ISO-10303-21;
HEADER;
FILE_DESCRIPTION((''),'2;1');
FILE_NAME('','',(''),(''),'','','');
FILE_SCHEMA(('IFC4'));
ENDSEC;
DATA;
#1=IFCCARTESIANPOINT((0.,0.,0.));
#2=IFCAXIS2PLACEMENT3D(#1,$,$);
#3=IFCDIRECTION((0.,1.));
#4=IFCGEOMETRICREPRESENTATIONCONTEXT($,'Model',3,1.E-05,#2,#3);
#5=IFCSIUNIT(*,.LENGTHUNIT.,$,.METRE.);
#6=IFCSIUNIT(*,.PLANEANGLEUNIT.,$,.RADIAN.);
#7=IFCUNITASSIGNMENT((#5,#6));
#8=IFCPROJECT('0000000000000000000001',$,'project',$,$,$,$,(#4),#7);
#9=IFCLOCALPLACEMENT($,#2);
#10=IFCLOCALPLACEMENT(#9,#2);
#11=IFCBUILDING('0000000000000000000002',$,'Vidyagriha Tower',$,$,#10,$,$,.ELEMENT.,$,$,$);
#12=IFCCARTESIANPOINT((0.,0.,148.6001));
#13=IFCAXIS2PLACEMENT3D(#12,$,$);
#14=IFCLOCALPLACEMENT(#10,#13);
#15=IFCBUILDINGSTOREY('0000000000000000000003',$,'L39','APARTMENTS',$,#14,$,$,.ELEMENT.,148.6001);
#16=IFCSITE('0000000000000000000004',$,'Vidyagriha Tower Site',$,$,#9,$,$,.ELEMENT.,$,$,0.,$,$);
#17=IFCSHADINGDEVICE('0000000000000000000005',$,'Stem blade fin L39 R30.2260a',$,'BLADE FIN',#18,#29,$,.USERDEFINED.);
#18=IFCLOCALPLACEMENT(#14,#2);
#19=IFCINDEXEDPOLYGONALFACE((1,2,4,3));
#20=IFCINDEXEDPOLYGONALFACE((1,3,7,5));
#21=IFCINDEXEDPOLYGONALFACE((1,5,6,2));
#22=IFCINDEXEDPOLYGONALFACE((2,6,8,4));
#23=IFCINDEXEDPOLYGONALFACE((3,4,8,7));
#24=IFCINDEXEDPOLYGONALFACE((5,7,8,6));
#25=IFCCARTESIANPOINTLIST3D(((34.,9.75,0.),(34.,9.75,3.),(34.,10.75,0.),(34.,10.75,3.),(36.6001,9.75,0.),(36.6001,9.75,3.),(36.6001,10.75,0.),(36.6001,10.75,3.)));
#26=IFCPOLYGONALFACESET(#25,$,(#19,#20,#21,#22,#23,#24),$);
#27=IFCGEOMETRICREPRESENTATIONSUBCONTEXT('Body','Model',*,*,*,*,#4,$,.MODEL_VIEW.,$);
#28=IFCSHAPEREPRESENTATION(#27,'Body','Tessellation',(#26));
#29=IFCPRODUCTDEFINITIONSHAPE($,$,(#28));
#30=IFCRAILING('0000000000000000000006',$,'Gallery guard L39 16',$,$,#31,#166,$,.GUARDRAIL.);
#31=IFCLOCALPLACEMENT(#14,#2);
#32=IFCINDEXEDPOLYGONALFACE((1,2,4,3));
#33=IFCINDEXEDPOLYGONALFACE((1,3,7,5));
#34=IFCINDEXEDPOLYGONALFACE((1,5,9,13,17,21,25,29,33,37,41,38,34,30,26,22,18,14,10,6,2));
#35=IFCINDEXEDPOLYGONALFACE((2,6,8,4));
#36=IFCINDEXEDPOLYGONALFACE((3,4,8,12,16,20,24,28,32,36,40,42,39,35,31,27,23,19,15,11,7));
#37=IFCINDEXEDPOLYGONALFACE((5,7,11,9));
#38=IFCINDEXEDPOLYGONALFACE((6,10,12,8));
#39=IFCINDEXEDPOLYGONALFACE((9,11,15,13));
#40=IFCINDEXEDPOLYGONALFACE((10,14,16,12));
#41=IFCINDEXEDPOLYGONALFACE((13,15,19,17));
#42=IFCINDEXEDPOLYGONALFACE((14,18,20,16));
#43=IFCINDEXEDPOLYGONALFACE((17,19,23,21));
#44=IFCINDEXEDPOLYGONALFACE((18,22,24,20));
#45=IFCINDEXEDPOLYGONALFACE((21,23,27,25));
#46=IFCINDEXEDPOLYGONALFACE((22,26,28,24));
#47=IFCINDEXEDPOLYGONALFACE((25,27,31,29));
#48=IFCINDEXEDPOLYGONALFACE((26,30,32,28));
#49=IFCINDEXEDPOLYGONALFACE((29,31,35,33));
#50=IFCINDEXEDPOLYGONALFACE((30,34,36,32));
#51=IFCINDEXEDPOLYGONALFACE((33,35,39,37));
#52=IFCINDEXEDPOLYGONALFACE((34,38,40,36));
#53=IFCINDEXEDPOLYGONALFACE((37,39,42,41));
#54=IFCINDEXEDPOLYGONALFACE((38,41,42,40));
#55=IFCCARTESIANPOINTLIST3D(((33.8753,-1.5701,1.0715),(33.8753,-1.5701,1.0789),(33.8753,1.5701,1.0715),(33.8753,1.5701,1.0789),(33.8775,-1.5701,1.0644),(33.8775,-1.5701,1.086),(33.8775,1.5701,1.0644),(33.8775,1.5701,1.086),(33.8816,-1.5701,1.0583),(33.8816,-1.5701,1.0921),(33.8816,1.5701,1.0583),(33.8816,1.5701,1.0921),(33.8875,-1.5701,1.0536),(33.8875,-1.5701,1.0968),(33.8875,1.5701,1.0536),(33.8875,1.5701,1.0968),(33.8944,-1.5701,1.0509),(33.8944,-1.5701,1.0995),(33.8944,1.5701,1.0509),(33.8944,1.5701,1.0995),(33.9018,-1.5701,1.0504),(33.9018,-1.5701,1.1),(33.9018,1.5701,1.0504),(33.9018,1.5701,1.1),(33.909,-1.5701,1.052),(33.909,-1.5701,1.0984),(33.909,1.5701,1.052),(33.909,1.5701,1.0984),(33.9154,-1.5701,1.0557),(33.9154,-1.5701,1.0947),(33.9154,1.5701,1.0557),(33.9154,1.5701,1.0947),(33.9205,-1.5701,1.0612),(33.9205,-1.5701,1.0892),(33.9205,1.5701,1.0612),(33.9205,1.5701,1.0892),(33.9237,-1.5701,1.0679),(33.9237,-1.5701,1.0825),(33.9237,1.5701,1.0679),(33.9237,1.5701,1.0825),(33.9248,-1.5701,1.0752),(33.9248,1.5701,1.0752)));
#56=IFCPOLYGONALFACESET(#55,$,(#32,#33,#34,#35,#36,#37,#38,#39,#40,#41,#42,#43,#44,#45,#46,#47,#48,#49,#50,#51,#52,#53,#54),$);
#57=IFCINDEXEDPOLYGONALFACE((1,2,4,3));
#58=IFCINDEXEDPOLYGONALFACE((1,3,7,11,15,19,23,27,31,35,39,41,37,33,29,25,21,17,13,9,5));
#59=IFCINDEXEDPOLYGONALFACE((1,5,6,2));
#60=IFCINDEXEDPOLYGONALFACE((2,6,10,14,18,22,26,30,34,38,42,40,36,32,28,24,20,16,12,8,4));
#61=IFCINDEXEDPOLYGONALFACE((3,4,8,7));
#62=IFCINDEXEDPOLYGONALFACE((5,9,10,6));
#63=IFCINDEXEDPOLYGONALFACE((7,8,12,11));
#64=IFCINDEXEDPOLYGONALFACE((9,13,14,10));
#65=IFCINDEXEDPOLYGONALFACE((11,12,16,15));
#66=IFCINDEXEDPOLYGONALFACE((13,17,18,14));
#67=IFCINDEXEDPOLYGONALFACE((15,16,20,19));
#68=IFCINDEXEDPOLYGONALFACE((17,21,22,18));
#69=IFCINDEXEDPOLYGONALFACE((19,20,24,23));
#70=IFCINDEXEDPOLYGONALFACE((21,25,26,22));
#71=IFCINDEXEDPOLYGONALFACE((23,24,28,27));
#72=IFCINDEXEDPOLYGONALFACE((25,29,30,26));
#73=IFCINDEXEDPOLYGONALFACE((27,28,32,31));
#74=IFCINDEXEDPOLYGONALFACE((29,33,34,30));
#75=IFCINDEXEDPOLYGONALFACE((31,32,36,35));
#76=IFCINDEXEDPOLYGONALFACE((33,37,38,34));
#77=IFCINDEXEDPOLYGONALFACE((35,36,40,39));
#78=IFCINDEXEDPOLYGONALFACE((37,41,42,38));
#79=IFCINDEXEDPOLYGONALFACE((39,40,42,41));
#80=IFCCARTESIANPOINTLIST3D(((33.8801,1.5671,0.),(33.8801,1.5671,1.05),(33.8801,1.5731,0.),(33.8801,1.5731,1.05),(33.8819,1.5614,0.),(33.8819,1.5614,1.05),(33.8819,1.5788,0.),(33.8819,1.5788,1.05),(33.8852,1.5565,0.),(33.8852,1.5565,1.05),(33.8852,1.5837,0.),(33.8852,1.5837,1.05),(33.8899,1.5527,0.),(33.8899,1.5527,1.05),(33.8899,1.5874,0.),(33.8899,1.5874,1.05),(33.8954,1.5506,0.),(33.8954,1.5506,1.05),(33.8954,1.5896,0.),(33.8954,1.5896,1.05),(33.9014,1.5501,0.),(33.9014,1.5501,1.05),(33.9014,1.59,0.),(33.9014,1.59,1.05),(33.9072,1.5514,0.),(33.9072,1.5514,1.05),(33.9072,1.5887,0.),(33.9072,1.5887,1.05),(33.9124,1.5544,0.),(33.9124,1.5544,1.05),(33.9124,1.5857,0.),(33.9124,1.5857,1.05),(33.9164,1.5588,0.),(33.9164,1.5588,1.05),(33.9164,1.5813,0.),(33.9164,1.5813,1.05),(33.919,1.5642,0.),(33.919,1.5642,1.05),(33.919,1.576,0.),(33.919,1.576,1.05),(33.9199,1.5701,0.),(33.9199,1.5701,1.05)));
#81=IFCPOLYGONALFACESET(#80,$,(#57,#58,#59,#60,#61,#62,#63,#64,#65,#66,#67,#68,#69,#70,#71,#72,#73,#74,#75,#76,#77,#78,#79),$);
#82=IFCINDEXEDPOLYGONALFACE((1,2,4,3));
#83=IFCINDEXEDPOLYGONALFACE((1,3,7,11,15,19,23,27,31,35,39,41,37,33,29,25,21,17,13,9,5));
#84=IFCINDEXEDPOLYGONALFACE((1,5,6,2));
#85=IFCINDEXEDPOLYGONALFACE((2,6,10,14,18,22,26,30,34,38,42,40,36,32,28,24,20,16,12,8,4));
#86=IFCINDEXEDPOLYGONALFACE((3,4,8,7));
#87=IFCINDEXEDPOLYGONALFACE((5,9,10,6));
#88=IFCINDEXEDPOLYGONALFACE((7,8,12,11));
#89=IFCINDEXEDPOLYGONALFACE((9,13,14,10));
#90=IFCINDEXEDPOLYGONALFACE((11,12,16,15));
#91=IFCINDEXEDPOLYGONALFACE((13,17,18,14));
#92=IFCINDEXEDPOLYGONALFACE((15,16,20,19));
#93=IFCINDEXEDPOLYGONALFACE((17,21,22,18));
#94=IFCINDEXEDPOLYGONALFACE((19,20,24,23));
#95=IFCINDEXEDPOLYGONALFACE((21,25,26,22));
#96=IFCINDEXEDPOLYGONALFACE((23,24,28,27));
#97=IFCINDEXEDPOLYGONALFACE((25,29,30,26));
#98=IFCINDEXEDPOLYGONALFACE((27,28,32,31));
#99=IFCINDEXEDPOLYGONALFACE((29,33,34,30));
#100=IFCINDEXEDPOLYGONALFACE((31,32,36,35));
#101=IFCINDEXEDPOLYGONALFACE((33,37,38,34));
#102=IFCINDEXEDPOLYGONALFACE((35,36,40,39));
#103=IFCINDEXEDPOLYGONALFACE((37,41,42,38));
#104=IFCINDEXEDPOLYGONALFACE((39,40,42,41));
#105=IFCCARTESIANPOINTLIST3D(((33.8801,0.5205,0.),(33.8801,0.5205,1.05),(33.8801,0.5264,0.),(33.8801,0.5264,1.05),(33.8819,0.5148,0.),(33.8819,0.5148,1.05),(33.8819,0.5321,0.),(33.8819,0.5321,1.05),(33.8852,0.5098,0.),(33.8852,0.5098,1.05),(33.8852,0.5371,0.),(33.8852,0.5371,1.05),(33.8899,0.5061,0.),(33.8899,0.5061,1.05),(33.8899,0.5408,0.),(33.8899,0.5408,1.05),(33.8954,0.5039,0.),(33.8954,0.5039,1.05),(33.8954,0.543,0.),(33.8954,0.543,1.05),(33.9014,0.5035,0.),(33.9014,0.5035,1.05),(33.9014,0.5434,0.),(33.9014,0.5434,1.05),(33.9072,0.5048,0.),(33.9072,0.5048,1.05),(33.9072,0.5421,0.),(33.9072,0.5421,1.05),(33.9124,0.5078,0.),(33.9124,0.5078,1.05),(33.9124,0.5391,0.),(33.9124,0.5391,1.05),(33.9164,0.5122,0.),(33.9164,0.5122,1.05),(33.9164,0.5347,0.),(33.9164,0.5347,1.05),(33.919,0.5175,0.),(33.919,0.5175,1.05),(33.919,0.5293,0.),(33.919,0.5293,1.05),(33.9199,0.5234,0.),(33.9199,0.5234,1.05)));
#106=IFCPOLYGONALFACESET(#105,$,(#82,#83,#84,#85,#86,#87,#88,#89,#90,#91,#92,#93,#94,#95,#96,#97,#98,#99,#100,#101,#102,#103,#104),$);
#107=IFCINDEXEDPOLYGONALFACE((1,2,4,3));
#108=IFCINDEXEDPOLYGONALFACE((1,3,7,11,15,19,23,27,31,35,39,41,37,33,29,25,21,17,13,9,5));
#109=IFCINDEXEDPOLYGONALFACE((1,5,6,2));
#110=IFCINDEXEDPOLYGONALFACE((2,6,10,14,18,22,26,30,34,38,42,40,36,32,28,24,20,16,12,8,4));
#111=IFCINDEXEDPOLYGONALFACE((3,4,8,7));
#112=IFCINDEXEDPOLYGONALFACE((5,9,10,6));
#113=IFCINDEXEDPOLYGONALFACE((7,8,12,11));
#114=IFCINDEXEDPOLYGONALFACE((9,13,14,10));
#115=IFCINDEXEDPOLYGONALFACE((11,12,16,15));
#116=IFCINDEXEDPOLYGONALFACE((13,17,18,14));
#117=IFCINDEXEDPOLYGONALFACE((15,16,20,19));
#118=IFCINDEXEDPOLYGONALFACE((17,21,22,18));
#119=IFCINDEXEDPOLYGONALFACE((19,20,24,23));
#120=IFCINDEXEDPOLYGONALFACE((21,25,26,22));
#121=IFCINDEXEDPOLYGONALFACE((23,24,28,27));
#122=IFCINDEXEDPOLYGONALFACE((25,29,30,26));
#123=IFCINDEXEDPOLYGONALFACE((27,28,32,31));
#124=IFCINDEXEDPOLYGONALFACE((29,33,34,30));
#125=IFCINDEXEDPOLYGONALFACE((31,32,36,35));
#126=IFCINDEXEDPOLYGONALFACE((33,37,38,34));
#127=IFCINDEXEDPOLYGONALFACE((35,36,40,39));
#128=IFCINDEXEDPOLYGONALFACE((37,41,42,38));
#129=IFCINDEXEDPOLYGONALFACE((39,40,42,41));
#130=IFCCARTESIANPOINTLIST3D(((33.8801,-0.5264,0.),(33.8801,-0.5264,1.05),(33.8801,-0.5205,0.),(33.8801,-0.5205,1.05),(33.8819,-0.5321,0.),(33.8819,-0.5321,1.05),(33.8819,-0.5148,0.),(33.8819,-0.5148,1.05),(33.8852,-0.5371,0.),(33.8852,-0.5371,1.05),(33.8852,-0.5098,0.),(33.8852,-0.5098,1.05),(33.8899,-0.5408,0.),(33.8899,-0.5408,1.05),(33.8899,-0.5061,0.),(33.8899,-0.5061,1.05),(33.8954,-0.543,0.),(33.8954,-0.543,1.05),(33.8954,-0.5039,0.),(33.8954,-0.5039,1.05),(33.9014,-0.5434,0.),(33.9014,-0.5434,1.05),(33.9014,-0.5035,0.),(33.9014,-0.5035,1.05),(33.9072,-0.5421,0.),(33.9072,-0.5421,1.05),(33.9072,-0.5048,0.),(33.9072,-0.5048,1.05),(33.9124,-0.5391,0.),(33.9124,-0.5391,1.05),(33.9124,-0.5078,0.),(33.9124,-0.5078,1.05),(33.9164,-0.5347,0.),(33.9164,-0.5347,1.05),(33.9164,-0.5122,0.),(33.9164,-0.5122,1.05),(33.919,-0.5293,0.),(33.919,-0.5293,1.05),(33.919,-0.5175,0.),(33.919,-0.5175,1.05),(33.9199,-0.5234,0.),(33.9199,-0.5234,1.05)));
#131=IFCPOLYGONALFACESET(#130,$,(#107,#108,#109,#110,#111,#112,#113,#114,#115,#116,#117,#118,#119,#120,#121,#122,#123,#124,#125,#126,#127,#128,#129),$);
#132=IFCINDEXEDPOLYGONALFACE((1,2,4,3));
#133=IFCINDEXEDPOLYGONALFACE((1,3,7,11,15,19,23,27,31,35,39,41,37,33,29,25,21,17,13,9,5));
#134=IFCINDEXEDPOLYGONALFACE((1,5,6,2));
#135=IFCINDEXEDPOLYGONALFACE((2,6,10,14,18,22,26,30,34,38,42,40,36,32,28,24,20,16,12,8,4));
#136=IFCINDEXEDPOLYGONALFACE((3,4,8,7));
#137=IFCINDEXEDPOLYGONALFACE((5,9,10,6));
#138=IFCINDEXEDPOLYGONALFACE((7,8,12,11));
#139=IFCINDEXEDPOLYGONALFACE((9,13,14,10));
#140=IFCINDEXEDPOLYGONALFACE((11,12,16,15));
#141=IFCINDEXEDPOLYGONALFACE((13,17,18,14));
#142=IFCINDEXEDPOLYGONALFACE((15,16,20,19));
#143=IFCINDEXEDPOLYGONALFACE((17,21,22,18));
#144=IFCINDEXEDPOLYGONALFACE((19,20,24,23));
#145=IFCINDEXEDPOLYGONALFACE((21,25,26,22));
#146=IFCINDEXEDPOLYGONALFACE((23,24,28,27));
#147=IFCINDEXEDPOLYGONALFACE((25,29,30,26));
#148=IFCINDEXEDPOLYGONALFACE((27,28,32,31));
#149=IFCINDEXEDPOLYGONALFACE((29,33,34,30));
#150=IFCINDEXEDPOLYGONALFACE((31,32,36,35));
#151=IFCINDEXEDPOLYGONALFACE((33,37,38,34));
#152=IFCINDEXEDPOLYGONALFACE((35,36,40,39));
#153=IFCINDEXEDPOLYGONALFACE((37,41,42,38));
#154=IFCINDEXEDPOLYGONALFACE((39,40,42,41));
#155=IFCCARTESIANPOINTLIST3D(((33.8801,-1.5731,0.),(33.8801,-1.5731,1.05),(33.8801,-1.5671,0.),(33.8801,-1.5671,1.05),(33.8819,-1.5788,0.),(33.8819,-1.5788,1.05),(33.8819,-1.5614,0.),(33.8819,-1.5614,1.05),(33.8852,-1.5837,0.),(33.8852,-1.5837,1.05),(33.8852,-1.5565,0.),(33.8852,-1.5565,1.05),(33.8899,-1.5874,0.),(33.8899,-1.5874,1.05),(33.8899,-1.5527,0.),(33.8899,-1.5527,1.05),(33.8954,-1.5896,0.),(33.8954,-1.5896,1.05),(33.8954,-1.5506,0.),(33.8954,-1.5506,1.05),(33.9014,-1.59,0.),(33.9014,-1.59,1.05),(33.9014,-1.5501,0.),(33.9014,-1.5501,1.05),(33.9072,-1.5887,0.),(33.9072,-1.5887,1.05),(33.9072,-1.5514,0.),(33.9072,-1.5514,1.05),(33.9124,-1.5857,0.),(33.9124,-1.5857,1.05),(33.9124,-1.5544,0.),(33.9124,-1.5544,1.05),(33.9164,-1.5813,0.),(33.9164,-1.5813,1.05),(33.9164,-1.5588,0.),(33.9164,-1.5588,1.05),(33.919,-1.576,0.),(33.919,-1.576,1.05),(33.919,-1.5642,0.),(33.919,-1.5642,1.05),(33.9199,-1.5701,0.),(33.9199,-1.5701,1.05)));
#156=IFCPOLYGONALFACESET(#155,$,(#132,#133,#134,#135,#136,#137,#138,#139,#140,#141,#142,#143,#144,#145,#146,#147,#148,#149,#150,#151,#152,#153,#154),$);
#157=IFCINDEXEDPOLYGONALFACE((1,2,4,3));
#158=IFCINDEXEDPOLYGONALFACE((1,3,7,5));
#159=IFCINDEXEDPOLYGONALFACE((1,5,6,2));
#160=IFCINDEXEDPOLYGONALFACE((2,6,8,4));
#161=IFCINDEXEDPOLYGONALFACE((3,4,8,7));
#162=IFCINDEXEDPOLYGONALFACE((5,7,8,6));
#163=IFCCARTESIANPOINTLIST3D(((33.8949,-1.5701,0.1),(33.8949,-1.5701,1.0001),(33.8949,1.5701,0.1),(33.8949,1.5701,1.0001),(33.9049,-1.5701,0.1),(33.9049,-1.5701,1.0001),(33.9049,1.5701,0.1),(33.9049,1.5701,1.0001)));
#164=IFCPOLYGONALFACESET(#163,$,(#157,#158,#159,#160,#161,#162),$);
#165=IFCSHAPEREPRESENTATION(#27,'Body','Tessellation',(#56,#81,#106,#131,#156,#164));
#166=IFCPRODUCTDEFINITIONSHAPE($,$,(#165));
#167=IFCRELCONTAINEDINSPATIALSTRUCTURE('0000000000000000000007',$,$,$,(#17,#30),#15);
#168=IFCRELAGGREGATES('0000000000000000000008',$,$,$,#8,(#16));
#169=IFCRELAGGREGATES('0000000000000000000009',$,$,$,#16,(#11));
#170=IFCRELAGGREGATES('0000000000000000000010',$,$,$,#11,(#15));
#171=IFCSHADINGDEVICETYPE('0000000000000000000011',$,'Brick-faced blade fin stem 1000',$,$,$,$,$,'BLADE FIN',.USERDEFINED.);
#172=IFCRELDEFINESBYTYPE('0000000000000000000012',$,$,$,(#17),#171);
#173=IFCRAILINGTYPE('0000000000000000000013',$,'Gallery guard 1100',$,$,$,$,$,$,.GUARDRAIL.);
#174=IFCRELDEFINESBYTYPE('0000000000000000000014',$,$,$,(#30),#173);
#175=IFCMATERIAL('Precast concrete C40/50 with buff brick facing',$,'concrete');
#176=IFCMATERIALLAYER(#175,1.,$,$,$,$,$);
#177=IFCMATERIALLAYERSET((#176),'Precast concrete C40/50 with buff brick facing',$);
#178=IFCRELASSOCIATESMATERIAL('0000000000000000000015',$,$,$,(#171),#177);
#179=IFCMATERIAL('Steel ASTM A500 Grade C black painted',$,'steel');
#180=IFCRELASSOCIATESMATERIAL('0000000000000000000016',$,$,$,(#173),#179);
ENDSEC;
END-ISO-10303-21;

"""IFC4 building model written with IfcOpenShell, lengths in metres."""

from ifc_helpers import new_model, si_unit, direction, frame, origin, origin_2d, place, context, subcontext, project, spatial, polyline, rectangle, circle, outline, extrude, material, layer, layer_set, type_object, element, save


model = new_model("IFC4")

# Units and contexts
model_context = context("Model", 3, precision=1e-05, world=origin(), true_north=direction((0.0, 1.0)))
body_context = subcontext(model_context, "Body", "Model", "MODEL_VIEW")
ifc_project = project(units=[si_unit("LENGTHUNIT", "METRE"), si_unit("PLANEANGLEUNIT", "RADIAN")], contexts=[model_context])

# Site, building, storey
site_placement = place(None, origin())
site = spatial("IfcSite", under=ifc_project, at=site_placement, Name="Vidyagriha Tower Site", CompositionType="ELEMENT", RefElevation=0.0)
building_placement = place(site_placement, origin())
building = spatial("IfcBuilding", under=site, at=building_placement, Name="Vidyagriha Tower", CompositionType="ELEMENT")
storey_placement = place(building_placement, frame((0.0, 0.0, 148.6001)))
storey = spatial("IfcBuildingStorey", under=building, at=storey_placement, Name="L39", Description="APARTMENTS", CompositionType="ELEMENT", Elevation=148.6001)

# Shading device
ifc_material_1 = material(Name="Precast concrete C40/50 with buff brick facing", Category="concrete")
ifc_layer_1 = layer(ifc_material_1, 1.0)
ifc_layer_set_1 = layer_set([ifc_layer_1], Name="Precast concrete C40/50 with buff brick facing")
shading_device_type_1 = type_object("IfcShadingDeviceType", Name="Brick-faced blade fin stem 1000", ElementType="BLADE FIN", PredefinedType="USERDEFINED", material=ifc_layer_set_1)
shading_device_1_placement = place(storey_placement, frame((35.3, 9.75, 0.0), z_axis=(0.0, 0.0, 1.0), x_axis=(0.0, 1.0, 0.0)))
element("IfcShadingDevice", 1, at=shading_device_1_placement, inside=storey, type_object=shading_device_type_1, Name="Stem blade fin L39 R30.2260a", ObjectType="BLADE FIN", PredefinedType="USERDEFINED", context=body_context, shape_type="SweptSolid", body=[
    extrude(outline(polyline([(0.0, 0.0), (1.0, 0.0), (1.0, 3.0), (0.0, 3.0), (0.0, 0.0)])), frame((0.0, 1.3, 0.0), z_axis=(0.0, -1.0, 0.0), x_axis=(1.0, 0.0, 0.0)), (0.0, 0.0, 1.0), 2.6001),
])

# Railing
ifc_material_2 = material(Name="Steel ASTM A500 Grade C black painted", Category="steel")
railing_type_1 = type_object("IfcRailingType", Name="Gallery guard 1100", PredefinedType="GUARDRAIL", material=ifc_material_2)
railing_1_placement = place(storey_placement, frame((33.8999, 1.5701, 0.0)))
element("IfcRailing", 2, at=railing_1_placement, inside=storey, type_object=railing_type_1, Name="Gallery guard L39 16", PredefinedType="GUARDRAIL", context=body_context, shape_type="SweptSolid", body=[
    extrude(circle(Radius=0.0249, at=origin_2d()), frame((0.0, 0.0, 1.0752), z_axis=(0.0, -1.0, 0.0), x_axis=(1.0, 0.0, 0.0)), (0.0, 0.0, 1.0), 3.1401),
    extrude(circle(Radius=0.02, at=origin_2d()), origin(), (0.0, 0.0, 1.0), 1.05),
    extrude(circle(Radius=0.02, at=origin_2d()), frame((0.0, -1.0466, 0.0)), (0.0, 0.0, 1.0), 1.05),
    extrude(circle(Radius=0.02, at=origin_2d()), frame((0.0, -2.0935, 0.0)), (0.0, 0.0, 1.0), 1.05),
    extrude(circle(Radius=0.02, at=origin_2d()), frame((0.0, -3.1401, 0.0)), (0.0, 0.0, 1.0), 1.05),
    extrude(rectangle(XDim=0.01, YDim=0.9001, at=origin_2d()), frame((0.0, 0.0, 0.55), z_axis=(0.0, -1.0, 0.0), x_axis=(1.0, 0.0, 0.0)), (0.0, 0.0, 1.0), 3.1401),
])

save(model, "model.ifc")
